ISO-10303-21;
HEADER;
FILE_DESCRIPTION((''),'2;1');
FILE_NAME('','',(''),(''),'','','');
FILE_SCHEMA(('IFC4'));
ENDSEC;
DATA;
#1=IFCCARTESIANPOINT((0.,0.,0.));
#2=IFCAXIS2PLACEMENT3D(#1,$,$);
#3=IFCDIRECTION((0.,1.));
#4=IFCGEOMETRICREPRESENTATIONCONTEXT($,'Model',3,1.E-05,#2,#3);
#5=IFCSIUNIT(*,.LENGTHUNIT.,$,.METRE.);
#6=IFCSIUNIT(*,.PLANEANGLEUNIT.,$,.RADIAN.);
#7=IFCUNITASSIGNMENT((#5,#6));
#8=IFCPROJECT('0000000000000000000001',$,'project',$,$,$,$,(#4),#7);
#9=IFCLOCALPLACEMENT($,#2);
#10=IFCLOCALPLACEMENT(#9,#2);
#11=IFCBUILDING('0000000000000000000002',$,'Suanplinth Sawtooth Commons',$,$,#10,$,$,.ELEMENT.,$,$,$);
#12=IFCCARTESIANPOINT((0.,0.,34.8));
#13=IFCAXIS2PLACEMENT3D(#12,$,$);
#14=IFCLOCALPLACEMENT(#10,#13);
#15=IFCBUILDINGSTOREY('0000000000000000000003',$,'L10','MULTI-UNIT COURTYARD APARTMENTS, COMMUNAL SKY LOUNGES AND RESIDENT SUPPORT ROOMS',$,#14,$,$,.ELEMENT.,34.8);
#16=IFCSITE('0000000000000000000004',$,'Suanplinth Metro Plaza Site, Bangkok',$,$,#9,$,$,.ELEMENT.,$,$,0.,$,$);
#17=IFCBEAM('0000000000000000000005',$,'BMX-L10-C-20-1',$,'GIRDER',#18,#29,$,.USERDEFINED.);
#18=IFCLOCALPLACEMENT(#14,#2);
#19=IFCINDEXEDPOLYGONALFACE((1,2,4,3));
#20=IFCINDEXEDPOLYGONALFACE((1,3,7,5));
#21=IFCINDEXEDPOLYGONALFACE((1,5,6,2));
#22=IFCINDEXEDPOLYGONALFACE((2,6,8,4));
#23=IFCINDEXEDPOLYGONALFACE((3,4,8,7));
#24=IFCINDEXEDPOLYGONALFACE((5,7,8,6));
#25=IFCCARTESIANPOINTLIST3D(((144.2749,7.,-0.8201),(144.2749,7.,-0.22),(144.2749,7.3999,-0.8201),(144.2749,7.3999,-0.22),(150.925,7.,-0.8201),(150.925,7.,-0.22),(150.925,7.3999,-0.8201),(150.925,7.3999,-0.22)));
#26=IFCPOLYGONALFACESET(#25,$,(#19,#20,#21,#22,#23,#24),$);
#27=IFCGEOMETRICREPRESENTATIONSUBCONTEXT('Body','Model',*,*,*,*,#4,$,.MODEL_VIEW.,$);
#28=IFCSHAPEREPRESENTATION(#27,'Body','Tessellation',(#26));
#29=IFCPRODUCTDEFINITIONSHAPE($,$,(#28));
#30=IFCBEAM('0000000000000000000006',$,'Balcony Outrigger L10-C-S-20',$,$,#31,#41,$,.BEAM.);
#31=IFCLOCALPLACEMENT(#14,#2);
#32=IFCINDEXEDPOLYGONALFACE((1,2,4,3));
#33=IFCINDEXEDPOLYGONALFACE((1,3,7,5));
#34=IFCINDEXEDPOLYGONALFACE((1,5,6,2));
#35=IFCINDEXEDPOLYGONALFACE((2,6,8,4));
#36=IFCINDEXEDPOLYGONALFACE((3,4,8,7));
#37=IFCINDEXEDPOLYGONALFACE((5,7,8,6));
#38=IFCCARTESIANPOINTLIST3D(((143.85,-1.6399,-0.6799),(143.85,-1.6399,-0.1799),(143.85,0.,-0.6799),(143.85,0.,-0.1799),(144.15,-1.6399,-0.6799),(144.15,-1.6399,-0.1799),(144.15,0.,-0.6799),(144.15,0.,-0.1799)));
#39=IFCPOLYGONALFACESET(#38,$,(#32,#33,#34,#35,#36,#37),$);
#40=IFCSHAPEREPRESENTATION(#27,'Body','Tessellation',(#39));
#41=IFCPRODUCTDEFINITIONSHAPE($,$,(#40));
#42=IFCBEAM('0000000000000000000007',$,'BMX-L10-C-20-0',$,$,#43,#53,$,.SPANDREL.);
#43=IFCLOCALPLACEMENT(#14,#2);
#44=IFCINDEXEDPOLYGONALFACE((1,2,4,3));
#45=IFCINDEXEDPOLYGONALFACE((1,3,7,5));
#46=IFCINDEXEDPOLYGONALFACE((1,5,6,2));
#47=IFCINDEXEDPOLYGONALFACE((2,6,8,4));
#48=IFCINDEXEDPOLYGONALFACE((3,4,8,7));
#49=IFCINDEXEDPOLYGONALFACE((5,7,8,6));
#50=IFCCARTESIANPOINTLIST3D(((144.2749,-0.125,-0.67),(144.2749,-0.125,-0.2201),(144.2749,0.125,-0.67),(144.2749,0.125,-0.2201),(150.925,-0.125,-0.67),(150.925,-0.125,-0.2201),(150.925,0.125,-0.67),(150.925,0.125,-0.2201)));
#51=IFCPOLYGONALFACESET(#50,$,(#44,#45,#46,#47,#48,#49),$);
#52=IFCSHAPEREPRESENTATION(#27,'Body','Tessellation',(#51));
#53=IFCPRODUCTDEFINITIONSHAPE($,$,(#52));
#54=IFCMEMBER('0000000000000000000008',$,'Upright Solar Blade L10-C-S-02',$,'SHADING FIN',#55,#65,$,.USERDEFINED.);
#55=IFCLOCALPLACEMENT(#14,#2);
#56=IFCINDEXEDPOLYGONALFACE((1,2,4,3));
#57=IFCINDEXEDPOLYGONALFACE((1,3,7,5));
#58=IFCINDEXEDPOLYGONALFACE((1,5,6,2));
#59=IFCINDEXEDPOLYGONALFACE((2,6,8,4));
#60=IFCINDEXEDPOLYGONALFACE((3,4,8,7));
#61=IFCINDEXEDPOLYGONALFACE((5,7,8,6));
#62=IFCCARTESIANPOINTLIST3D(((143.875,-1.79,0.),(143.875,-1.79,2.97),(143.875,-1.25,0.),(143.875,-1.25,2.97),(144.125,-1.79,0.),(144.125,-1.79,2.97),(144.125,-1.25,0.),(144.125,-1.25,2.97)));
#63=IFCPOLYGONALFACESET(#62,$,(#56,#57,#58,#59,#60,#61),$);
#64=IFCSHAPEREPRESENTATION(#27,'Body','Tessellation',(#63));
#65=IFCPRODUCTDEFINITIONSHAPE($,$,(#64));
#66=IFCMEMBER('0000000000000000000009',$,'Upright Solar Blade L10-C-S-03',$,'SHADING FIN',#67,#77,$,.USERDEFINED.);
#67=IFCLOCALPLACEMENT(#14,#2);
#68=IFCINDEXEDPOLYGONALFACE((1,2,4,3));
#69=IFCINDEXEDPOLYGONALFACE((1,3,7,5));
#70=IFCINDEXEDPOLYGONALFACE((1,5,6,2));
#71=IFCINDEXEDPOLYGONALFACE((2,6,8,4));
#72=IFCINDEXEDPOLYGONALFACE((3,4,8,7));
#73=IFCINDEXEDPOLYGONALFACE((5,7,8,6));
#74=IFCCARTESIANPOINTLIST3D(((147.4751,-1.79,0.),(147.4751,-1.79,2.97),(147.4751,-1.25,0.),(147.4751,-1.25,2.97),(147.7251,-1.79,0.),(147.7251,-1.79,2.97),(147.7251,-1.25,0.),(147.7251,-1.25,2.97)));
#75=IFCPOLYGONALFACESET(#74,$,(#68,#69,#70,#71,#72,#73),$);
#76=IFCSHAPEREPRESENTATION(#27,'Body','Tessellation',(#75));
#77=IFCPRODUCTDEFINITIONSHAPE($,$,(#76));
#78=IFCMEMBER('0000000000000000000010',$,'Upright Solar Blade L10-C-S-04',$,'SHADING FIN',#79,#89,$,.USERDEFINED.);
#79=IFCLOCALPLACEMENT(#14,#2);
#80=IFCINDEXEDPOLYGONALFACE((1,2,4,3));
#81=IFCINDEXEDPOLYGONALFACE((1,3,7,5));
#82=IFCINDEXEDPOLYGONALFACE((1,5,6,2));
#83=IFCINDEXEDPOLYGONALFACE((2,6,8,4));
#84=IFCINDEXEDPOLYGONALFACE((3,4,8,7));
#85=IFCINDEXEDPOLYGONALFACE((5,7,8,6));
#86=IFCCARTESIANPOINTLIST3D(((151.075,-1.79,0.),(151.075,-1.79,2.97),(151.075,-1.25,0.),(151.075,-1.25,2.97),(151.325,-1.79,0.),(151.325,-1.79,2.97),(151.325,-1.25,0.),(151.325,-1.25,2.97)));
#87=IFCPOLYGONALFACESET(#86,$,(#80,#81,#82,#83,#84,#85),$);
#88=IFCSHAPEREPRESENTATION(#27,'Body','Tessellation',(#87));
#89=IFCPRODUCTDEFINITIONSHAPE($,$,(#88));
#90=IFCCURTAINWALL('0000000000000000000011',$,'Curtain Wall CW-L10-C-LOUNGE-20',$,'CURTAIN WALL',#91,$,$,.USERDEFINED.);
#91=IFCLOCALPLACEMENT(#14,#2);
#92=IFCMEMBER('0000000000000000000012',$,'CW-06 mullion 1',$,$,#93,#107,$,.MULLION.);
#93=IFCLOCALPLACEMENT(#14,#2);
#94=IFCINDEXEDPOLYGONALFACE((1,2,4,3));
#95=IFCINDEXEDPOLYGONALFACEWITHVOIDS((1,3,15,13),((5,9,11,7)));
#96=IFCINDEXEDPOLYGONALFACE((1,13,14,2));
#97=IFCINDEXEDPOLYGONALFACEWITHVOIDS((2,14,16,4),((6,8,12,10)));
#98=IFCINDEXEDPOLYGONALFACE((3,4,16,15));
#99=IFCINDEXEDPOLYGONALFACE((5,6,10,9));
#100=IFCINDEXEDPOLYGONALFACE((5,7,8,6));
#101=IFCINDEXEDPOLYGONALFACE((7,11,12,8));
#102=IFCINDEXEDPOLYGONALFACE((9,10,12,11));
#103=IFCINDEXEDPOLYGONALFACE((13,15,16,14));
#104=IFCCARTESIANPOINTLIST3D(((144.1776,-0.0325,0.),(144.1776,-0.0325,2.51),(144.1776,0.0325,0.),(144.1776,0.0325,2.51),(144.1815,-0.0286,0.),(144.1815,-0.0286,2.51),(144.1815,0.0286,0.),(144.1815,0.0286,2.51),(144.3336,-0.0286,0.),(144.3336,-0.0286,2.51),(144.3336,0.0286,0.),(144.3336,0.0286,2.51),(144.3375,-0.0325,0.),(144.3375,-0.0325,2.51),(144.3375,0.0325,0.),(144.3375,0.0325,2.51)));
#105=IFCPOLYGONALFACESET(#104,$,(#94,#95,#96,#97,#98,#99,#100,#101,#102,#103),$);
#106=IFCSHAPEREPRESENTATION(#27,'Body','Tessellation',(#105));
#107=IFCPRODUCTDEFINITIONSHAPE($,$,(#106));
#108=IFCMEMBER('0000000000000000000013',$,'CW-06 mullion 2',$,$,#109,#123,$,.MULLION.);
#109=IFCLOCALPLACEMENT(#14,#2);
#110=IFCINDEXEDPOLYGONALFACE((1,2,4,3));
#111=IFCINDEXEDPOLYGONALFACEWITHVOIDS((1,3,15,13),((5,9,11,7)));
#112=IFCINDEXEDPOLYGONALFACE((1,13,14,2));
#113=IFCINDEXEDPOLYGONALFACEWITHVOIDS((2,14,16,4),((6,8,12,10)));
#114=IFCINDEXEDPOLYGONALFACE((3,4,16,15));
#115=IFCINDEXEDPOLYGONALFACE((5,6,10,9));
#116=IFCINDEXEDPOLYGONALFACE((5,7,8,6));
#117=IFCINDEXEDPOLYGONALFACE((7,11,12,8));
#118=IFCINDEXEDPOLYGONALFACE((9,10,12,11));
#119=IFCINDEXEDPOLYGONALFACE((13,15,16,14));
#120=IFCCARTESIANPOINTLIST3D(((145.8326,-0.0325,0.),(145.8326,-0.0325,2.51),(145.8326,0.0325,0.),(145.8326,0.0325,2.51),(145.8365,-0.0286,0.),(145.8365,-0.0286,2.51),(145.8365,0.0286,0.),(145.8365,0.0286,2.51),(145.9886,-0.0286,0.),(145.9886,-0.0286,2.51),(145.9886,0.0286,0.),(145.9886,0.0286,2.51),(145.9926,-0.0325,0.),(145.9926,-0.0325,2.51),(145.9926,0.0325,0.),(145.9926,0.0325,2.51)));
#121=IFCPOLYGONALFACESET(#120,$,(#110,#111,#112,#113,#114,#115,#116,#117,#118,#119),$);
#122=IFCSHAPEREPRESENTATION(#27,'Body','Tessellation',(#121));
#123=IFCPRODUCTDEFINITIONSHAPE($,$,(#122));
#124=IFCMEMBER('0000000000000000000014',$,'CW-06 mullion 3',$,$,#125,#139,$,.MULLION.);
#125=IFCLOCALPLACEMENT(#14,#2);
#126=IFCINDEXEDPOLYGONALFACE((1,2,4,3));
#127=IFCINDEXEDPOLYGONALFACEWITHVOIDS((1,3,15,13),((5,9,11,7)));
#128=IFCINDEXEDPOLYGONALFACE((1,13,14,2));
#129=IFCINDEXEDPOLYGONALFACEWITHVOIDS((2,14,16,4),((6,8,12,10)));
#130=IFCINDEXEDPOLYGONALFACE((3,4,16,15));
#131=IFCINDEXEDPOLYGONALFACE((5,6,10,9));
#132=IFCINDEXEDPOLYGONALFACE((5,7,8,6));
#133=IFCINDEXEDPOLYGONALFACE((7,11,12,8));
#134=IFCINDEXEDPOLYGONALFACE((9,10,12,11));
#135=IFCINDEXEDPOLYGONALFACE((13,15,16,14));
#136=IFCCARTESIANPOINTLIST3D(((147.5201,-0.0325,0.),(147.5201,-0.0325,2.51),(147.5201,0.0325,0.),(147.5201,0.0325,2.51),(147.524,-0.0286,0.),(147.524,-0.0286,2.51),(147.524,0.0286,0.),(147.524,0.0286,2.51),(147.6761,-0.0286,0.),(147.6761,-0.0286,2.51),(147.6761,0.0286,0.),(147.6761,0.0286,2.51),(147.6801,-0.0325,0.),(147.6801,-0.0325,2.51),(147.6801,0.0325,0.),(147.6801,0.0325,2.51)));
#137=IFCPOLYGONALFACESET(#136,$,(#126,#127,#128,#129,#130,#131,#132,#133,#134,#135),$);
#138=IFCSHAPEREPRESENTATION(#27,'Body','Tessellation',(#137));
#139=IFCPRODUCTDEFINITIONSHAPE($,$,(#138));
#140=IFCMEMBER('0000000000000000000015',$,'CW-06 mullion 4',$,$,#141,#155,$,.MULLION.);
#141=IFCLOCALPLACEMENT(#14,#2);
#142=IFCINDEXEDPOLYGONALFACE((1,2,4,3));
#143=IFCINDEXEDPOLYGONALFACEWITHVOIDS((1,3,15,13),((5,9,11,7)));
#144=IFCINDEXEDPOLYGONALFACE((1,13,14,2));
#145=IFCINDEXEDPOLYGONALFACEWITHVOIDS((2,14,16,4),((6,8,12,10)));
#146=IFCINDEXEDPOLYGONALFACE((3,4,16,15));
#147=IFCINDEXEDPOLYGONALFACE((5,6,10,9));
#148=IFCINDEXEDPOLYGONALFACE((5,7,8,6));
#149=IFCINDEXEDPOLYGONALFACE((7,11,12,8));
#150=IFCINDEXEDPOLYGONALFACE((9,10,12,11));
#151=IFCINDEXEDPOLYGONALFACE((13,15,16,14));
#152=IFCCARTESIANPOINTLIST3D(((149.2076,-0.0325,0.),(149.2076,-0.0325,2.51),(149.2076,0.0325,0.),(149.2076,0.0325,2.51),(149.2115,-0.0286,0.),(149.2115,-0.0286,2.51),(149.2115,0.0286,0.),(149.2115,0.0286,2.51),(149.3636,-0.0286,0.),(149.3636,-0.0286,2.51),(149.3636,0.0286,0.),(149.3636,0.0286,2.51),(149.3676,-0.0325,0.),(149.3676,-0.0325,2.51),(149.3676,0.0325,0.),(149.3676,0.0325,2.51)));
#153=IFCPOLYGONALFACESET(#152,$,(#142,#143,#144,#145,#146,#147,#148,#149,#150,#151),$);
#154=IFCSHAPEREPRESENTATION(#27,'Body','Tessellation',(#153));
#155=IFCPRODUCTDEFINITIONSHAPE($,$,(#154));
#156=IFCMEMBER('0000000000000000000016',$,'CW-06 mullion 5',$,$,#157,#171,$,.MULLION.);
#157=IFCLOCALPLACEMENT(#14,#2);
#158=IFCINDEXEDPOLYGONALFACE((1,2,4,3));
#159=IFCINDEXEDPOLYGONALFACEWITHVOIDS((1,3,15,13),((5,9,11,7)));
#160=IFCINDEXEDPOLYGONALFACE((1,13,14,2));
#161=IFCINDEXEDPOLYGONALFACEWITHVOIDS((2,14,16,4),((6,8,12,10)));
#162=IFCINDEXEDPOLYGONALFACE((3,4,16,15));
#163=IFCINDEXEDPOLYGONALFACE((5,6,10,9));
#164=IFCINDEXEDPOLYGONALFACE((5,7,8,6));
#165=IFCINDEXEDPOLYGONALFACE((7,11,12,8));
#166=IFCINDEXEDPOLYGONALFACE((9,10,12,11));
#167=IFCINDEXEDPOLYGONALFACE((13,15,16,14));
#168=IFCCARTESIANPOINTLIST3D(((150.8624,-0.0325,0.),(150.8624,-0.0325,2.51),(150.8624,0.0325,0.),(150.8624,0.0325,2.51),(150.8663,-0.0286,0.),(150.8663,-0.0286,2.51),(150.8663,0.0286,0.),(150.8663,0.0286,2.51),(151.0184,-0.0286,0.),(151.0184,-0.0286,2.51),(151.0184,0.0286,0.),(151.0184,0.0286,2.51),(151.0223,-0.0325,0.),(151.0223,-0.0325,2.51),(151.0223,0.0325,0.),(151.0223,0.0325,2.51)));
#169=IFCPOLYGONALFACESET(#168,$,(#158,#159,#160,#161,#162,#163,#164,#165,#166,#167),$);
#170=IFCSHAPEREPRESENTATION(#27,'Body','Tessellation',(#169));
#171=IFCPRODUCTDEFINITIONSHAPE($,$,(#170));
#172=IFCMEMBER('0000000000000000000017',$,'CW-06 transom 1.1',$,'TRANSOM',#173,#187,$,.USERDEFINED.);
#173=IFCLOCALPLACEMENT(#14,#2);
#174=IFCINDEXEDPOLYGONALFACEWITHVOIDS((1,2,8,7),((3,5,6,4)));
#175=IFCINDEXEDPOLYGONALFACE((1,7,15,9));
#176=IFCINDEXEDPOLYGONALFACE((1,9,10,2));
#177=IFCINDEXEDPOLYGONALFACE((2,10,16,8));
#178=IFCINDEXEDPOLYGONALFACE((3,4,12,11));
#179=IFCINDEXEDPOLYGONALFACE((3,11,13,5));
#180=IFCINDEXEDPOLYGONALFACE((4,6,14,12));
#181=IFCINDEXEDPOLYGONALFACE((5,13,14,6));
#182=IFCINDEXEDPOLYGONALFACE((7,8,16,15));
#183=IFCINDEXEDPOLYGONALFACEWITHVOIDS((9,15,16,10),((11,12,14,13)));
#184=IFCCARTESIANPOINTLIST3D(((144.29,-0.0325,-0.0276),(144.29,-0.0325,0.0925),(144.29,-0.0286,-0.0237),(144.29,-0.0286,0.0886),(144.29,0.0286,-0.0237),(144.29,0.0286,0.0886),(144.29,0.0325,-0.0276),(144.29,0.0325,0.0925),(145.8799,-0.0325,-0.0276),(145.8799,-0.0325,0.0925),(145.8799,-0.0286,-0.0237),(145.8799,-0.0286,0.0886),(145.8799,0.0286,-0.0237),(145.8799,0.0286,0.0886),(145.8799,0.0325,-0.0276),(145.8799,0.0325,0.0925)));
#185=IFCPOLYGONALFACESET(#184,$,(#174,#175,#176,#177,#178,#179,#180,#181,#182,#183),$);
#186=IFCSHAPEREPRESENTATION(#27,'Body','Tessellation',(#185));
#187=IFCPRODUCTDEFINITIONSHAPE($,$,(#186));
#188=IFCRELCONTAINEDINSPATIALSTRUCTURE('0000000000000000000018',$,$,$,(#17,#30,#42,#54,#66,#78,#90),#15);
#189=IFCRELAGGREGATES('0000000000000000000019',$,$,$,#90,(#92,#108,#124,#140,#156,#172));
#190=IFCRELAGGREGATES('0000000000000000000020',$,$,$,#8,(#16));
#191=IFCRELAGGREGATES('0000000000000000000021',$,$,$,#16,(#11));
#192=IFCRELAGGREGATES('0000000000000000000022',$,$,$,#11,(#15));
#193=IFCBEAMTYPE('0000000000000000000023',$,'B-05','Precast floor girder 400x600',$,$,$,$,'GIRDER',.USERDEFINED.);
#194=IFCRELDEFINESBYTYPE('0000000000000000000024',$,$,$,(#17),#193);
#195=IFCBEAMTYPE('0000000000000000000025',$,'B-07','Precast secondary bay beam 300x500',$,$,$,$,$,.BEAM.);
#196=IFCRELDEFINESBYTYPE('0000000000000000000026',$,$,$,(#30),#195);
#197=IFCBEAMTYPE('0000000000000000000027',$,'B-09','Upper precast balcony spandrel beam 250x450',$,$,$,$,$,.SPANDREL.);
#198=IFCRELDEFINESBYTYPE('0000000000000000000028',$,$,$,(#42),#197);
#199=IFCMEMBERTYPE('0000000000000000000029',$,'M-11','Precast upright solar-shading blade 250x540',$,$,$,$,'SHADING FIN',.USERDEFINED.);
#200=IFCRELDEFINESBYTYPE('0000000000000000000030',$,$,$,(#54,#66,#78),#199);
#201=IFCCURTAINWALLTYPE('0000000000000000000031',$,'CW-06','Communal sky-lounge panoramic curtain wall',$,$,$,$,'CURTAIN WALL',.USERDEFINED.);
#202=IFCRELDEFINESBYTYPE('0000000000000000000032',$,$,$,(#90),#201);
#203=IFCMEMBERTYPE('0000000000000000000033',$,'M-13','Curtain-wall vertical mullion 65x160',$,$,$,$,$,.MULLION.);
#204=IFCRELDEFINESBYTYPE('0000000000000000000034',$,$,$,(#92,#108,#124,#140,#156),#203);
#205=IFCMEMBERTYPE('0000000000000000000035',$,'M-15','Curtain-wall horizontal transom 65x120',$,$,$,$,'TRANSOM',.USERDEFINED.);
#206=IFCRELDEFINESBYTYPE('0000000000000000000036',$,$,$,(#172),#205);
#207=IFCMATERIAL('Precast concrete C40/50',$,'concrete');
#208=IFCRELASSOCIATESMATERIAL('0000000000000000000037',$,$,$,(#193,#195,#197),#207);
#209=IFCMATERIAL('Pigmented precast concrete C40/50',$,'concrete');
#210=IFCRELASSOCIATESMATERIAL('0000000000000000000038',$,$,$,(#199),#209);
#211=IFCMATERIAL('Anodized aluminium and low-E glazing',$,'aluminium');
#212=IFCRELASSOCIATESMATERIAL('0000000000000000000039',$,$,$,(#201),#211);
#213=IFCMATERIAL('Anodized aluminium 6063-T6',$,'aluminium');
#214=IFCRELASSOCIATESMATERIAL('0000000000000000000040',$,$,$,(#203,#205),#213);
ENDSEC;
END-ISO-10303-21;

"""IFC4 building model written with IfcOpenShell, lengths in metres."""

from ifc_helpers import new_model, si_unit, direction, frame, origin, origin_2d, place, context, subcontext, project, spatial, rectangle, hollow_rectangle, extrude, material, material_profile, profile_set, type_object, element, aggregate, save


model = new_model("IFC4")

# Units and contexts
model_context = context("Model", 3, precision=1e-05, world=origin(), true_north=direction((0.0, 1.0)))
body_context = subcontext(model_context, "Body", "Model", "MODEL_VIEW")
ifc_project = project(units=[si_unit("LENGTHUNIT", "METRE"), si_unit("PLANEANGLEUNIT", "RADIAN")], contexts=[model_context])

# Site, building, storey
site_placement = place(None, origin())
site = spatial("IfcSite", under=ifc_project, at=site_placement, Name="Suanplinth Metro Plaza Site, Bangkok", CompositionType="ELEMENT", RefElevation=0.0)
building_placement = place(site_placement, origin())
building = spatial("IfcBuilding", under=site, at=building_placement, Name="Suanplinth Sawtooth Commons", CompositionType="ELEMENT")
storey_placement = place(building_placement, frame((0.0, 0.0, 34.8)))
storey = spatial("IfcBuildingStorey", under=building, at=storey_placement, Name="L10", Description="MULTI-UNIT COURTYARD APARTMENTS, COMMUNAL SKY LOUNGES AND RESIDENT SUPPORT ROOMS", CompositionType="ELEMENT", Elevation=34.8)

# Beams
ifc_material_1 = material(Name="Precast concrete C40/50", Category="concrete")
ifc_material_profile_1 = material_profile(ifc_material_1, rectangle(XDim=0.3999, YDim=0.6001, at=origin_2d()), Name="PC-GDR 400x600")
ifc_profile_set_1 = profile_set([ifc_material_profile_1], Name="Precast concrete C40/50")
beam_type_1 = type_object("IfcBeamType", Name="B-05", Description="Precast floor girder 400x600", ElementType="GIRDER", PredefinedType="USERDEFINED", material=ifc_profile_set_1)
beam_1_placement = place(storey_placement, frame((144.2749, 7.2, -0.52), z_axis=(1.0, 0.0, 0.0), x_axis=(0.0, 1.0, 0.0)))
element("IfcBeam", 1, at=beam_1_placement, inside=storey, type_object=beam_type_1, Name="BMX-L10-C-20-1", ObjectType="GIRDER", PredefinedType="USERDEFINED", context=body_context, shape_type="SweptSolid", body=[
    extrude(rectangle(XDim=0.3999, YDim=0.6001, at=origin_2d()), origin(), (0.0, 0.0, 1.0), 6.6501),
])
ifc_material_profile_2 = material_profile(ifc_material_1, rectangle(XDim=0.3, YDim=0.5, at=origin_2d()), Name="PC-BM 300x500")
ifc_profile_set_2 = profile_set([ifc_material_profile_2], Name="Precast concrete C40/50")
beam_type_2 = type_object("IfcBeamType", Name="B-07", Description="Precast secondary bay beam 300x500", PredefinedType="BEAM", material=ifc_profile_set_2)
beam_2_placement = place(storey_placement, frame((144.0, 0.0, -0.4299), z_axis=(0.0, -1.0, 0.0), x_axis=(1.0, 0.0, 0.0)))
element("IfcBeam", 2, at=beam_2_placement, inside=storey, type_object=beam_type_2, Name="Balcony Outrigger L10-C-S-20", PredefinedType="BEAM", context=body_context, shape_type="SweptSolid", body=[
    extrude(rectangle(XDim=0.3, YDim=0.5, at=origin_2d()), origin(), (0.0, 0.0, 1.0), 1.6399),
])
ifc_material_profile_3 = material_profile(ifc_material_1, rectangle(XDim=0.25, YDim=0.45, at=origin_2d()), Name="PC-SP 250x450")
ifc_profile_set_3 = profile_set([ifc_material_profile_3], Name="Precast concrete C40/50")
beam_type_3 = type_object("IfcBeamType", Name="B-09", Description="Upper precast balcony spandrel beam 250x450", PredefinedType="SPANDREL", material=ifc_profile_set_3)
beam_3_placement = place(storey_placement, frame((144.2749, 0.0, -0.4451), z_axis=(1.0, 0.0, 0.0), x_axis=(0.0, 1.0, 0.0)))
element("IfcBeam", 3, at=beam_3_placement, inside=storey, type_object=beam_type_3, Name="BMX-L10-C-20-0", PredefinedType="SPANDREL", context=body_context, shape_type="SweptSolid", body=[
    extrude(rectangle(XDim=0.25, YDim=0.45, at=origin_2d()), origin(), (0.0, 0.0, 1.0), 6.6501),
])

# Members
ifc_material_2 = material(Name="Pigmented precast concrete C40/50", Category="concrete")
ifc_material_profile_4 = material_profile(ifc_material_2, rectangle(XDim=0.25, YDim=0.54, at=origin_2d()), Name="PC-FIN 250x540")
ifc_profile_set_4 = profile_set([ifc_material_profile_4], Name="Pigmented precast concrete C40/50")
member_type_1 = type_object("IfcMemberType", Name="M-11", Description="Precast upright solar-shading blade 250x540", ElementType="SHADING FIN", PredefinedType="USERDEFINED", material=ifc_profile_set_4)
for number, where, z_axis, x_axis, name in (
    (4, (144.0, -1.52, 0.0), (0.0, 0.0, 1.0), (1.0, 0.0, 0.0), "Upright Solar Blade L10-C-S-02"),
    (5, (147.6001, -1.52, 0.0), (0.0, 0.0, 1.0), (1.0, 0.0, 0.0), "Upright Solar Blade L10-C-S-03"),
    (6, (151.2, -1.52, 0.0), (0.0, 0.0, 1.0), (1.0, 0.0, 0.0), "Upright Solar Blade L10-C-S-04"),
):
    element("IfcMember", number, at=place(storey_placement, frame(where, z_axis=z_axis, x_axis=x_axis)), inside=storey, type_object=member_type_1, Name=name, ObjectType="SHADING FIN", PredefinedType="USERDEFINED", context=body_context, shape_type="SweptSolid", body=[
        extrude(rectangle(XDim=0.25, YDim=0.54, at=origin_2d()), origin(), (0.0, 0.0, 1.0), 2.97),
    ])

# Curtain wall, members
ifc_material_3 = material(Name="Anodized aluminium and low-E glazing", Category="aluminium")
curtain_wall_type = type_object("IfcCurtainWallType", Name="CW-06", Description="Communal sky-lounge panoramic curtain wall", ElementType="CURTAIN WALL", PredefinedType="USERDEFINED", material=ifc_material_3)
curtain_wall_placement = place(storey_placement, origin())
curtain_wall = element("IfcCurtainWall", 7, at=curtain_wall_placement, inside=storey, type_object=curtain_wall_type, Name="Curtain Wall CW-L10-C-LOUNGE-20", ObjectType="CURTAIN WALL", PredefinedType="USERDEFINED")
ifc_material_4 = material(Name="Anodized aluminium 6063-T6", Category="aluminium")
ifc_material_profile_5 = material_profile(ifc_material_4, hollow_rectangle(XDim=0.0649, YDim=0.1599, WallThickness=0.0039, at=origin_2d()), Name="ALU-MUL 65x160")
ifc_profile_set_5 = profile_set([ifc_material_profile_5], Name="Anodized aluminium 6063-T6")
member_type_2 = type_object("IfcMemberType", Name="M-13", Description="Curtain-wall vertical mullion 65x160", PredefinedType="MULLION", material=ifc_profile_set_5)
member_1_placement = place(storey_placement, frame((144.2576, 0.0, 0.0), z_axis=(0.0, 0.0, 1.0), x_axis=(0.0, 1.0, 0.0)))
member_1 = element("IfcMember", 8, at=member_1_placement, type_object=member_type_2, Name="CW-06 mullion 1", PredefinedType="MULLION", context=body_context, shape_type="SweptSolid", body=[
    extrude(hollow_rectangle(XDim=0.0649, YDim=0.1599, WallThickness=0.0039, at=origin_2d()), origin(), (0.0, 0.0, 1.0), 2.51),
])
member_2_placement = place(storey_placement, frame((145.9126, 0.0, 0.0), z_axis=(0.0, 0.0, 1.0), x_axis=(0.0, 1.0, 0.0)))
member_2 = element("IfcMember", 9, at=member_2_placement, type_object=member_type_2, Name="CW-06 mullion 2", PredefinedType="MULLION", context=body_context, shape_type="SweptSolid", body=[
    extrude(hollow_rectangle(XDim=0.0649, YDim=0.1599, WallThickness=0.0039, at=origin_2d()), origin(), (0.0, 0.0, 1.0), 2.51),
])
member_3_placement = place(storey_placement, frame((147.6001, 0.0, 0.0), z_axis=(0.0, 0.0, 1.0), x_axis=(0.0, 1.0, 0.0)))
member_3 = element("IfcMember", 10, at=member_3_placement, type_object=member_type_2, Name="CW-06 mullion 3", PredefinedType="MULLION", context=body_context, shape_type="SweptSolid", body=[
    extrude(hollow_rectangle(XDim=0.0649, YDim=0.1599, WallThickness=0.0039, at=origin_2d()), origin(), (0.0, 0.0, 1.0), 2.51),
])
member_4_placement = place(storey_placement, frame((149.2876, 0.0, 0.0), z_axis=(0.0, 0.0, 1.0), x_axis=(0.0, 1.0, 0.0)))
member_4 = element("IfcMember", 11, at=member_4_placement, type_object=member_type_2, Name="CW-06 mullion 4", PredefinedType="MULLION", context=body_context, shape_type="SweptSolid", body=[
    extrude(hollow_rectangle(XDim=0.0649, YDim=0.1599, WallThickness=0.0039, at=origin_2d()), origin(), (0.0, 0.0, 1.0), 2.51),
])
member_5_placement = place(storey_placement, frame((150.9424, 0.0, 0.0), z_axis=(0.0, 0.0, 1.0), x_axis=(0.0, 1.0, 0.0)))
member_5 = element("IfcMember", 12, at=member_5_placement, type_object=member_type_2, Name="CW-06 mullion 5", PredefinedType="MULLION", context=body_context, shape_type="SweptSolid", body=[
    extrude(hollow_rectangle(XDim=0.0649, YDim=0.1599, WallThickness=0.0039, at=origin_2d()), origin(), (0.0, 0.0, 1.0), 2.51),
])
ifc_material_profile_6 = material_profile(ifc_material_4, hollow_rectangle(XDim=0.0649, YDim=0.1201, WallThickness=0.0039, at=origin_2d()), Name="ALU-TRN 65x120")
ifc_profile_set_6 = profile_set([ifc_material_profile_6], Name="Anodized aluminium 6063-T6")
member_type_3 = type_object("IfcMemberType", Name="M-15", Description="Curtain-wall horizontal transom 65x120", ElementType="TRANSOM", PredefinedType="USERDEFINED", material=ifc_profile_set_6)
member_6_placement = place(storey_placement, frame((144.29, 0.0, 0.0325), z_axis=(1.0, 0.0, 0.0), x_axis=(0.0, 1.0, 0.0)))
member_6 = element("IfcMember", 13, at=member_6_placement, type_object=member_type_3, Name="CW-06 transom 1.1", ObjectType="TRANSOM", PredefinedType="USERDEFINED", context=body_context, shape_type="SweptSolid", body=[
    extrude(hollow_rectangle(XDim=0.0649, YDim=0.1201, WallThickness=0.0039, at=origin_2d()), origin(), (0.0, 0.0, 1.0), 1.5898),
])
aggregate(curtain_wall, [member_1, member_2, member_3, member_4, member_5, member_6])

save(model, "model.ifc")
